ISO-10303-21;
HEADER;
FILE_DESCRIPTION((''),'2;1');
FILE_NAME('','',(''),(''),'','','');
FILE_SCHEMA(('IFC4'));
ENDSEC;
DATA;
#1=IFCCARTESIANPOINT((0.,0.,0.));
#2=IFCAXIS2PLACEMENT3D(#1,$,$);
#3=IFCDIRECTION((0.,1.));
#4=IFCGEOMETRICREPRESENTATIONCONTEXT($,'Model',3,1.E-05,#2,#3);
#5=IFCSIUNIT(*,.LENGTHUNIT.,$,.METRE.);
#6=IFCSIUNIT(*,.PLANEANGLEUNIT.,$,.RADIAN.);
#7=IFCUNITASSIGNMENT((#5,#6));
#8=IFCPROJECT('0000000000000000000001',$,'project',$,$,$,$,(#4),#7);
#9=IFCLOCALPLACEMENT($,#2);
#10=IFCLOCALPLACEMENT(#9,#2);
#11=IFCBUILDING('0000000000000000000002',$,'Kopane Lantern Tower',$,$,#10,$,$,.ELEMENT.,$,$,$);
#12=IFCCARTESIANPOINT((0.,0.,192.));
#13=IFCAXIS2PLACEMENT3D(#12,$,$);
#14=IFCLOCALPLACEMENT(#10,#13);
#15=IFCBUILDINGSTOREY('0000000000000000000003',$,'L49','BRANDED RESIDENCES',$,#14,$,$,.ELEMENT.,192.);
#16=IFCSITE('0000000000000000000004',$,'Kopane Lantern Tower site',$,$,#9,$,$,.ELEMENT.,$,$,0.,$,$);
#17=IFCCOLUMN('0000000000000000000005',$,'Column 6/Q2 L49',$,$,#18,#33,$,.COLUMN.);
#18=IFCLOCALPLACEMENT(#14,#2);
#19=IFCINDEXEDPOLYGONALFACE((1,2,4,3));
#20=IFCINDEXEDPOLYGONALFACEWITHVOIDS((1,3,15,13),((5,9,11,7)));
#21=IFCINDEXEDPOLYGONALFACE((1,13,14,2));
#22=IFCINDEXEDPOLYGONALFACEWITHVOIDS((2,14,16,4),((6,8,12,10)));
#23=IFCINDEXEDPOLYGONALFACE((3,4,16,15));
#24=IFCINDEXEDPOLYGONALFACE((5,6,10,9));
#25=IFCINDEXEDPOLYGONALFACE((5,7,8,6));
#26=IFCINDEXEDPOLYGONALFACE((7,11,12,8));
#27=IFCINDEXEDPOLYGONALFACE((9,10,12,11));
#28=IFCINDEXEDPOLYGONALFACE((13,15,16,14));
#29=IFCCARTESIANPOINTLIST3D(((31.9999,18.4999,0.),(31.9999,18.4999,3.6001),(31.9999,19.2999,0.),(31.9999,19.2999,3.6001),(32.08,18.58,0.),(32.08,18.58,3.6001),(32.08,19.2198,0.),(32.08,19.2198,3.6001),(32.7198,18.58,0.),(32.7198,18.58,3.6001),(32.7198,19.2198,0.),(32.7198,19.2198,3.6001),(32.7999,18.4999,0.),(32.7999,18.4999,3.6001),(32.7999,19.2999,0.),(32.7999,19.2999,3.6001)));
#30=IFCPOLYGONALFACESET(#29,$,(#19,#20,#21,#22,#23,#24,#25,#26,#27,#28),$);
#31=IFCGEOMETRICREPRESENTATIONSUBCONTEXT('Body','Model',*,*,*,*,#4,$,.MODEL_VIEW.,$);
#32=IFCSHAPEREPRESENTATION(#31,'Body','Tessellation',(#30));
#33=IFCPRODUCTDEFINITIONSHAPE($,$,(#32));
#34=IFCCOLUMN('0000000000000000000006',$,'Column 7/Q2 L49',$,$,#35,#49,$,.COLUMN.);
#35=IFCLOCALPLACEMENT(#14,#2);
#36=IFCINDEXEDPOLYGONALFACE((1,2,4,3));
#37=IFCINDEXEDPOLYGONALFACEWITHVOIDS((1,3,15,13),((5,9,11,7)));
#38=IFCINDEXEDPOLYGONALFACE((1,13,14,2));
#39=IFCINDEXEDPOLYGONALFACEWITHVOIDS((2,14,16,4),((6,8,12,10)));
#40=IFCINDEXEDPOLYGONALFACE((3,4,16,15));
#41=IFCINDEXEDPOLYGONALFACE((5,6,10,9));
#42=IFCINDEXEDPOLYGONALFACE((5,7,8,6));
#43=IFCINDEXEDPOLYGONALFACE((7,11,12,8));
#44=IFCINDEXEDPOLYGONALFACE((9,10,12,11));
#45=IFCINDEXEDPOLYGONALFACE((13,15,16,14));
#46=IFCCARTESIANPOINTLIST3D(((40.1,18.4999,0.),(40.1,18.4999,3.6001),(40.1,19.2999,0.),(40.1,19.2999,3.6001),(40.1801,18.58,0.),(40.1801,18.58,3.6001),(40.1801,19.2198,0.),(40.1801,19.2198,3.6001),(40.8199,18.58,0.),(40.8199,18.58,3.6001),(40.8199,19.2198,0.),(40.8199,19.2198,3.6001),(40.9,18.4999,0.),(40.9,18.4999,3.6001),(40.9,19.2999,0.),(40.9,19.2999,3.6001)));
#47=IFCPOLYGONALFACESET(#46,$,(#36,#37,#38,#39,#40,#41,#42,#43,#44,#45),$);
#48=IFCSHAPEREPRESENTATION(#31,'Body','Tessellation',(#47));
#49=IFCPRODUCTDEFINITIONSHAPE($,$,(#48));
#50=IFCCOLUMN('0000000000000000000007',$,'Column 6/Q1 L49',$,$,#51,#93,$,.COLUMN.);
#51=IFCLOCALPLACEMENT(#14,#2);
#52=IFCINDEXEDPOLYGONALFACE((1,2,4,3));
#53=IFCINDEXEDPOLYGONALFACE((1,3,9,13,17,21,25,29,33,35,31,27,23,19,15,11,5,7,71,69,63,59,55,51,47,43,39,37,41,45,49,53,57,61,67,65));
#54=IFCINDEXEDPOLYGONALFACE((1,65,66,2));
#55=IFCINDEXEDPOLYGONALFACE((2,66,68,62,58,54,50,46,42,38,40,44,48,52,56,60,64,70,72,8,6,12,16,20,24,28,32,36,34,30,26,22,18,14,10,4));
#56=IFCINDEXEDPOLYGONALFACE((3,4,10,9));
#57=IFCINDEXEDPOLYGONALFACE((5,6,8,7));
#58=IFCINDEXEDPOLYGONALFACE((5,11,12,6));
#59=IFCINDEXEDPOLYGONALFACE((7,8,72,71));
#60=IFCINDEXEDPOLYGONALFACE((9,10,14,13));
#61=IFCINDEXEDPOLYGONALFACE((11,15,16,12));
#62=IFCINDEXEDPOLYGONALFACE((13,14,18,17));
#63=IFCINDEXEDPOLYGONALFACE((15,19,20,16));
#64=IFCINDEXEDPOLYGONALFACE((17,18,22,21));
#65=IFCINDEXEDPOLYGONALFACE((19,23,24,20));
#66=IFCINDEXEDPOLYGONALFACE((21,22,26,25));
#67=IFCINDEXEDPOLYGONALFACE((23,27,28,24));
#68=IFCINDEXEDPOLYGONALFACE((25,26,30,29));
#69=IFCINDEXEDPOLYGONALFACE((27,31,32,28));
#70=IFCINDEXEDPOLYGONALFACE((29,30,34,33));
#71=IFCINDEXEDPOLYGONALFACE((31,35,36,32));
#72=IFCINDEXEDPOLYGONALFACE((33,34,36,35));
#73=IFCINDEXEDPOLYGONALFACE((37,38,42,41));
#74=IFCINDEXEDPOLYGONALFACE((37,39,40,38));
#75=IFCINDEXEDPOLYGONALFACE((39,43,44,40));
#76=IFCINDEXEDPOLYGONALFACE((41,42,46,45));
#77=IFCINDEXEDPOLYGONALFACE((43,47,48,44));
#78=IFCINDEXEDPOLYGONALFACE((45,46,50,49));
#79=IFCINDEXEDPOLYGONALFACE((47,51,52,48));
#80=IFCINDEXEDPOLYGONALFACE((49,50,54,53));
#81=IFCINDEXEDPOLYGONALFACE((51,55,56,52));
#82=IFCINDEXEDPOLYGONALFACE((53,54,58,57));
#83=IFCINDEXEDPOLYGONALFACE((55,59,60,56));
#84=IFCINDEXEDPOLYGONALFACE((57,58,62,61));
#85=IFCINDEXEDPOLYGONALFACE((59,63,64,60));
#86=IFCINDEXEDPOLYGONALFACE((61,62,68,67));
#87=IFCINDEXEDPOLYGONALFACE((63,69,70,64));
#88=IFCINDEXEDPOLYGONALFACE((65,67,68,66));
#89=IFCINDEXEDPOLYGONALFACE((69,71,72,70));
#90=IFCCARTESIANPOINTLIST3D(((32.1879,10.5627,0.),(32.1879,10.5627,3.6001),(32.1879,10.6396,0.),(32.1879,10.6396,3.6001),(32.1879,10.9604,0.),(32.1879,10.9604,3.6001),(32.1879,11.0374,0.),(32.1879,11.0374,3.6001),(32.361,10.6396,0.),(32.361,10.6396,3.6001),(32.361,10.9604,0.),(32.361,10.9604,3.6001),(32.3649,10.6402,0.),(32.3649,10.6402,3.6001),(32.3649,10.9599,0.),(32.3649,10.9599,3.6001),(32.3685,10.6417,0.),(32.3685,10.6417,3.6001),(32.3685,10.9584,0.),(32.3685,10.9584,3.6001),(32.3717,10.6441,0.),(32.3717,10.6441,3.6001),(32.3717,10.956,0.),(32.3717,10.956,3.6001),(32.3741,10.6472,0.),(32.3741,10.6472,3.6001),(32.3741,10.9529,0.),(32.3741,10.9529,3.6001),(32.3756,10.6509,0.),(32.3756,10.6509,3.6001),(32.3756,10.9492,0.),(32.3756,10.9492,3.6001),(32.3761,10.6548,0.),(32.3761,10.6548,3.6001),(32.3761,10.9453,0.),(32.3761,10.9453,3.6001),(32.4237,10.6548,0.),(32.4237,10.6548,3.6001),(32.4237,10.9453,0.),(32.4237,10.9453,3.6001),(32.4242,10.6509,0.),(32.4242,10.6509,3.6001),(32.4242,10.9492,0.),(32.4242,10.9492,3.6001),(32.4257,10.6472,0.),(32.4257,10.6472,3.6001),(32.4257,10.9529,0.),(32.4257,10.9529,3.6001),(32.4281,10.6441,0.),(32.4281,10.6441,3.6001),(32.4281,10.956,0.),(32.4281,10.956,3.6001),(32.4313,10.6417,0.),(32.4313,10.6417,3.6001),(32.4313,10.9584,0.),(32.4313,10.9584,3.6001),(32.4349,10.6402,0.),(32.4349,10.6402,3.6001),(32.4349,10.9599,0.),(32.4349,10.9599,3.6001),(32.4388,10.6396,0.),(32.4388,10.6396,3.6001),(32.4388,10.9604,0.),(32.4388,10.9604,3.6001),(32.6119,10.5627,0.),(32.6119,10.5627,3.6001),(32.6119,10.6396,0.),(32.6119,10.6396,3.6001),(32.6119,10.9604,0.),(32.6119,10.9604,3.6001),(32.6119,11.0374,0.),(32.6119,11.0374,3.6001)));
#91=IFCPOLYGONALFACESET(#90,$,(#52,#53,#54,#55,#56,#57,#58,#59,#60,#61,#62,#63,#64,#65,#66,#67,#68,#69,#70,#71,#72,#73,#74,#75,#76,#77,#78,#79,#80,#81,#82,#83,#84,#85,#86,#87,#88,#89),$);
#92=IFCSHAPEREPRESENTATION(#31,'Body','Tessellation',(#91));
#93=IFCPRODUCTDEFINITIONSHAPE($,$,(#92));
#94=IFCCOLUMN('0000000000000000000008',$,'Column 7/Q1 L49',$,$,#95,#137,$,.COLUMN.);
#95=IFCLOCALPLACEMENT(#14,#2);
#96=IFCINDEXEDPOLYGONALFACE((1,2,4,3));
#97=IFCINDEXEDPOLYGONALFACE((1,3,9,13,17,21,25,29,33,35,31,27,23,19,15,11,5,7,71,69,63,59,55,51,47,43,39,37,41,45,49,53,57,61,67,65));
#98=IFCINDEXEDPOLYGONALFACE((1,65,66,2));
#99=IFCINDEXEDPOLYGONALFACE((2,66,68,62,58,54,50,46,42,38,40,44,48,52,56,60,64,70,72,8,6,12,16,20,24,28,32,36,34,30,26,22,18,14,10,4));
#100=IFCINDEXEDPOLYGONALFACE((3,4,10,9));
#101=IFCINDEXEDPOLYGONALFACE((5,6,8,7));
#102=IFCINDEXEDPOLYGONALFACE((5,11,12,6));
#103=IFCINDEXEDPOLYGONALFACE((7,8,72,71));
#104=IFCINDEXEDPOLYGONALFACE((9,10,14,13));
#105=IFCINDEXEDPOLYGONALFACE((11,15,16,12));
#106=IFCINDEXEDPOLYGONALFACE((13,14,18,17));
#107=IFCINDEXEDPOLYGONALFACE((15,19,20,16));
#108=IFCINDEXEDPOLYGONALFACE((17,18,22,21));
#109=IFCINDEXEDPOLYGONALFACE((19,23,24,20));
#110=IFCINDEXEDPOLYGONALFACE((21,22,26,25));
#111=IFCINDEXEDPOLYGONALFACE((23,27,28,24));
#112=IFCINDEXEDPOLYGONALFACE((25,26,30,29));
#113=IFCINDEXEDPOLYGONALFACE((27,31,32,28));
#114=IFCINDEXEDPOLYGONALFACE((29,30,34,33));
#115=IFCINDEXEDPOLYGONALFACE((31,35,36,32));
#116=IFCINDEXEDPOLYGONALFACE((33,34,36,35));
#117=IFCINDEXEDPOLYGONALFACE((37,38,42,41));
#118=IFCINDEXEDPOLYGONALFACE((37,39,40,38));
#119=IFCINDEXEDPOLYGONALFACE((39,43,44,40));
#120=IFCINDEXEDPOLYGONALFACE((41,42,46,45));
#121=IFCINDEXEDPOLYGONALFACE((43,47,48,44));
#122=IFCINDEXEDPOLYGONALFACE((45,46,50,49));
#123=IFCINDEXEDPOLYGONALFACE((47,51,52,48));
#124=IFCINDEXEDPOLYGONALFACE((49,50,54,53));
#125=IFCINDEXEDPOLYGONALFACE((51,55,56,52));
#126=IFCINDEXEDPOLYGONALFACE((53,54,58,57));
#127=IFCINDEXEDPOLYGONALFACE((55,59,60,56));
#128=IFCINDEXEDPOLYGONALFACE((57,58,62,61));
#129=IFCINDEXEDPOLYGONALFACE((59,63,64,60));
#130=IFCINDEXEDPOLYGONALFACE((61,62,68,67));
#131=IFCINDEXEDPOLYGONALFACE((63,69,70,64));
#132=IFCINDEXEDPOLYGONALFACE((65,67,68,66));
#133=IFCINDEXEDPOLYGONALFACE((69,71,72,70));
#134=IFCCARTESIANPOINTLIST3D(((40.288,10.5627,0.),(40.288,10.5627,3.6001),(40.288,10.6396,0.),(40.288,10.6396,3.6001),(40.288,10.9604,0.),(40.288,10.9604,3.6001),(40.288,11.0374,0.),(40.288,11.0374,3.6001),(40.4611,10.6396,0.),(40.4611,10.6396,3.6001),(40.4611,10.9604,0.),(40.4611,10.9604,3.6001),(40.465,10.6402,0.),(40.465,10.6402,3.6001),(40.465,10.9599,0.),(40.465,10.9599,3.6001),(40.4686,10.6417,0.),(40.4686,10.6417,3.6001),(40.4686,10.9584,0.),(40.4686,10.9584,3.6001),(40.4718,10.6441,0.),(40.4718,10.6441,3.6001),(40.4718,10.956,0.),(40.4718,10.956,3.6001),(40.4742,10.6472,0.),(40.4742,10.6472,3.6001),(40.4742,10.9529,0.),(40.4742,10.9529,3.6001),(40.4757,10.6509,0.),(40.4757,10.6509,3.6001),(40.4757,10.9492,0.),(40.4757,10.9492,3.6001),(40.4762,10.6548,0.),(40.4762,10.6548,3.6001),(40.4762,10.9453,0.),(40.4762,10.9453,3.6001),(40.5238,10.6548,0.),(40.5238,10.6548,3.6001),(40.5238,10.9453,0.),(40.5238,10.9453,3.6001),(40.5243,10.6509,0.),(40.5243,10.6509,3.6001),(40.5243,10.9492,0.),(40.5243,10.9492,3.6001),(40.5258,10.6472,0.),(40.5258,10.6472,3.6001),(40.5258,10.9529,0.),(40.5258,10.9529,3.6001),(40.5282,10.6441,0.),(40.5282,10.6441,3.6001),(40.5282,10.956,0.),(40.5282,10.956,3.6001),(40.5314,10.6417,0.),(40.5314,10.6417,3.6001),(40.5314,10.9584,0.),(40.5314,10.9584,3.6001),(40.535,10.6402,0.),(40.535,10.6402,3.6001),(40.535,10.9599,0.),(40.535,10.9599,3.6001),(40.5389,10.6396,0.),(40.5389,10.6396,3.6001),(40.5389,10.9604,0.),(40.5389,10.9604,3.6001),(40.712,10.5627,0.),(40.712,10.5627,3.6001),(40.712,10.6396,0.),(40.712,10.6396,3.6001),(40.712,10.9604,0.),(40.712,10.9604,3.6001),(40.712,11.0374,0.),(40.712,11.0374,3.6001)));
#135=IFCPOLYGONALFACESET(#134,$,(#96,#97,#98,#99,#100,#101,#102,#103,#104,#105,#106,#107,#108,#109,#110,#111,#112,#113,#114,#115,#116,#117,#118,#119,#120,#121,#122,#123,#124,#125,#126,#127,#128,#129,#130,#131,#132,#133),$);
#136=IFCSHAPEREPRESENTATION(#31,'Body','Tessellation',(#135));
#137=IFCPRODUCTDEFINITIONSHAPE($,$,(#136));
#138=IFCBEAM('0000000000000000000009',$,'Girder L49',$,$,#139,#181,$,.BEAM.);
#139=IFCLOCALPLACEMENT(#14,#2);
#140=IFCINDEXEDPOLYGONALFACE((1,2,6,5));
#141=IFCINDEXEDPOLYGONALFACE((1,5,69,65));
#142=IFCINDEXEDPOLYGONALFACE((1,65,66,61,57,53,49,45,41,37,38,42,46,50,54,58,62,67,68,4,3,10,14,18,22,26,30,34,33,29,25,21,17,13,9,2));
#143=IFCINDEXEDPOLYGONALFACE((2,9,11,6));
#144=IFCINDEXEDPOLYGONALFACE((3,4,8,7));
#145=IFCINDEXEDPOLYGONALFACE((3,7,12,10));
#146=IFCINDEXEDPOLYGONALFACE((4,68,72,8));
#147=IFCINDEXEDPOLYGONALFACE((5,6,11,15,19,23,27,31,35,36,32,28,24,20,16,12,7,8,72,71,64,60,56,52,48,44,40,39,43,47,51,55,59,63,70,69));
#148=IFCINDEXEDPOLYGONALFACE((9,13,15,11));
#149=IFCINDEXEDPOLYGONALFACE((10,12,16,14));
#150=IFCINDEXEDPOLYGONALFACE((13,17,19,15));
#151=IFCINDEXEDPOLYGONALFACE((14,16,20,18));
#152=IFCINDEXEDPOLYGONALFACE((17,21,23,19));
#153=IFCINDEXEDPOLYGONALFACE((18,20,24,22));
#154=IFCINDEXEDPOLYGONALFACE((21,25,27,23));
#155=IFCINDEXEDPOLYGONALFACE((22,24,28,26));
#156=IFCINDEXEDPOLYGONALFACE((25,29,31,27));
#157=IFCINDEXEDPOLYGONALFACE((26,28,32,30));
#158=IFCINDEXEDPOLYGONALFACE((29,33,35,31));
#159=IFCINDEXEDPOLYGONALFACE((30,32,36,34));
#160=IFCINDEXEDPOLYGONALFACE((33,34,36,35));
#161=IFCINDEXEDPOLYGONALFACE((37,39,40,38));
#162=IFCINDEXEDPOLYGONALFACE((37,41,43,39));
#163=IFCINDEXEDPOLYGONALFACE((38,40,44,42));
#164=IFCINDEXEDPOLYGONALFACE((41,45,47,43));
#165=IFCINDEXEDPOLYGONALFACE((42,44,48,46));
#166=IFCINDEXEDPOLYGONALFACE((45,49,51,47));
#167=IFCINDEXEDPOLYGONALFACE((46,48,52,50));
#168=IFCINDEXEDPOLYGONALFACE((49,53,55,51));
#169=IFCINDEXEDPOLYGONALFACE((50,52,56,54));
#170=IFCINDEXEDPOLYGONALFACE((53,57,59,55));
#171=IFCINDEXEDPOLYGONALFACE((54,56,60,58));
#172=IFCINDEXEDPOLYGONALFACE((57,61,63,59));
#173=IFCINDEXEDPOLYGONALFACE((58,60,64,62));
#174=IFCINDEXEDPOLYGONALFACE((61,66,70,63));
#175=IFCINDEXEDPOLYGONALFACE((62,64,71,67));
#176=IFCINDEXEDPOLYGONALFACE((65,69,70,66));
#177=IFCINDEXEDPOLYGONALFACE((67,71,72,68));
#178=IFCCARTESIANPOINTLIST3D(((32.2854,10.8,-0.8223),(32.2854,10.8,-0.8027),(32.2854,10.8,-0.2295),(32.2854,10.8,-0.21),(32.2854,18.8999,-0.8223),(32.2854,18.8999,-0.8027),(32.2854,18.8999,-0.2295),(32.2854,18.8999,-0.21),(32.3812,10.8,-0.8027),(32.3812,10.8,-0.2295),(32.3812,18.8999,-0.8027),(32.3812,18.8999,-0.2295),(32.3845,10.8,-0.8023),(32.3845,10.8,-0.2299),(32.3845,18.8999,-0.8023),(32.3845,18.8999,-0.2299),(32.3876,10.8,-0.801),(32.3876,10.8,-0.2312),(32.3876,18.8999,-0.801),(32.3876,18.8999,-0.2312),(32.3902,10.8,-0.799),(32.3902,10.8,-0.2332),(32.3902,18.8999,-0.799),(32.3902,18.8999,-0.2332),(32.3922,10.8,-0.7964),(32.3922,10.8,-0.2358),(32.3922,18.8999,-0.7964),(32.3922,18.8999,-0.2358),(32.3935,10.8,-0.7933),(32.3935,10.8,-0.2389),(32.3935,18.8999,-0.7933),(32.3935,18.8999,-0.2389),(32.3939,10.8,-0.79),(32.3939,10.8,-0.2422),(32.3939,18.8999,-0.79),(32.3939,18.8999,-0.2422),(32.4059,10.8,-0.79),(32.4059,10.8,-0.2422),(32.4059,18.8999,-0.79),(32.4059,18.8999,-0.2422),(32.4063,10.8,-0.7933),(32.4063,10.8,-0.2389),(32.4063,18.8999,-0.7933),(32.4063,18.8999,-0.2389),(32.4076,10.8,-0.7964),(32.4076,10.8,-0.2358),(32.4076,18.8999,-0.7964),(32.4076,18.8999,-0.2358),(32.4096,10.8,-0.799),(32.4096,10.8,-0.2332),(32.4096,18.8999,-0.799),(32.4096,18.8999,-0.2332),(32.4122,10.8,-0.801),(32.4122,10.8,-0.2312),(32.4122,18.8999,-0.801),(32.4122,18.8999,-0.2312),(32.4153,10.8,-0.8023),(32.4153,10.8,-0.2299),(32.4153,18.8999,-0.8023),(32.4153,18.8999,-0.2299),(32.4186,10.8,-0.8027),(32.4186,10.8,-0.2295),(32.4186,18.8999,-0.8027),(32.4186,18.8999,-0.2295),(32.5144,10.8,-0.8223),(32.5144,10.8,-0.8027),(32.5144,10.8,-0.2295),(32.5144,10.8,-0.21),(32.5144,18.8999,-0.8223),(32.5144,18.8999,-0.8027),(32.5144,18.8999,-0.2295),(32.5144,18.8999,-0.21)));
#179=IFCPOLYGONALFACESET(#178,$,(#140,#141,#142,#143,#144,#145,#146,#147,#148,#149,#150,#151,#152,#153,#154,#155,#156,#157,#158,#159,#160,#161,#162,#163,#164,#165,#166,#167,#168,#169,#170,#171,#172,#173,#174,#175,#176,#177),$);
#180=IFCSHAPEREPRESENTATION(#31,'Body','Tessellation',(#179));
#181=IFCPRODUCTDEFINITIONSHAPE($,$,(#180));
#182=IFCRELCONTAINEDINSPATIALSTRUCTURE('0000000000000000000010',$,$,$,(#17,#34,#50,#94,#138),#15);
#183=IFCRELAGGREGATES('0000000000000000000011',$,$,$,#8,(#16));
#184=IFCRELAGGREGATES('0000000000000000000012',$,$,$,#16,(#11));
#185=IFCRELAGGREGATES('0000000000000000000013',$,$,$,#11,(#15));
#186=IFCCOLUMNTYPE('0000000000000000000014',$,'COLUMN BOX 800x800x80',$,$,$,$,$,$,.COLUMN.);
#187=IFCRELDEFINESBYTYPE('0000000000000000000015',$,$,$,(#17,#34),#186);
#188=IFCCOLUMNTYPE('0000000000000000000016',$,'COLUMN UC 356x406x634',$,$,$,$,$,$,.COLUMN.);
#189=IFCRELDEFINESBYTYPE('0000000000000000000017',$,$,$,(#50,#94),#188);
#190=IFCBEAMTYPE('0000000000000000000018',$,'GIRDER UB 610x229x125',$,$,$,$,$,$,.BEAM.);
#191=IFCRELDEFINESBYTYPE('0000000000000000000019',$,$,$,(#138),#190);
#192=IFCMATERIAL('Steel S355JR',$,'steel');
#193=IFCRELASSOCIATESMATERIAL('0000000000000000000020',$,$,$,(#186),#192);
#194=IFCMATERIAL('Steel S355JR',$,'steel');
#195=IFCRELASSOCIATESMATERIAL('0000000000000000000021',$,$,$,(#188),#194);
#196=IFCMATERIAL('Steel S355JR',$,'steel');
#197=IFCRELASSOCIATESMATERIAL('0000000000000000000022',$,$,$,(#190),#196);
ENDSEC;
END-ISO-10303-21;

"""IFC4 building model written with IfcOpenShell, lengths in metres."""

from ifc_helpers import new_model, si_unit, direction, frame, origin, origin_2d, place, context, subcontext, project, spatial, hollow_rectangle, i_section, extrude, material, material_profile, profile_set, type_object, element, save


model = new_model("IFC4")

# Units and contexts
model_context = context("Model", 3, precision=1e-05, world=origin(), true_north=direction((0.0, 1.0)))
body_context = subcontext(model_context, "Body", "Model", "MODEL_VIEW")
ifc_project = project(units=[si_unit("LENGTHUNIT", "METRE"), si_unit("PLANEANGLEUNIT", "RADIAN")], contexts=[model_context])

# Site, building, storey
site_placement = place(None, origin())
site = spatial("IfcSite", under=ifc_project, at=site_placement, Name="Kopane Lantern Tower site", CompositionType="ELEMENT", RefElevation=0.0)
building_placement = place(site_placement, origin())
building = spatial("IfcBuilding", under=site, at=building_placement, Name="Kopane Lantern Tower", CompositionType="ELEMENT")
storey_placement = place(building_placement, frame((0.0, 0.0, 192.0)))
storey = spatial("IfcBuildingStorey", under=building, at=storey_placement, Name="L49", Description="BRANDED RESIDENCES", CompositionType="ELEMENT", Elevation=192.0)

# Columns
ifc_material_1 = material(Name="Steel S355JR", Category="steel")
ifc_material_profile_1 = material_profile(ifc_material_1, hollow_rectangle(XDim=0.8, YDim=0.8, WallThickness=0.0801, at=origin_2d()), Name="BOX 800x800x80")
ifc_profile_set_1 = profile_set([ifc_material_profile_1], Name="Steel S355JR")
column_type_1 = type_object("IfcColumnType", Name="COLUMN BOX 800x800x80", PredefinedType="COLUMN", material=ifc_profile_set_1)
for number, where, z_axis, x_axis, name in (
    (1, (32.3999, 18.8999, 0.0), (0.0, 0.0, 1.0), (1.0, 0.0, 0.0), "Column 6/Q2 L49"),
    (2, (40.5, 18.8999, 0.0), (0.0, 0.0, 1.0), (1.0, 0.0, 0.0), "Column 7/Q2 L49"),
):
    element("IfcColumn", number, at=place(storey_placement, frame(where, z_axis=z_axis, x_axis=x_axis)), inside=storey, type_object=column_type_1, Name=name, PredefinedType="COLUMN", context=body_context, shape_type="SweptSolid", body=[
        extrude(hollow_rectangle(XDim=0.8, YDim=0.8, WallThickness=0.0801, at=origin_2d()), origin(), (0.0, 0.0, 1.0), 3.6001),
    ])
ifc_material_2 = material(Name="Steel S355JR", Category="steel")
ifc_material_profile_2 = material_profile(ifc_material_2, i_section(OverallWidth=0.4241, OverallDepth=0.4746, WebThickness=0.0476, FlangeThickness=0.0769, FilletRadius=0.0151, at=origin_2d()), Name="UC 356x406x634")
ifc_profile_set_2 = profile_set([ifc_material_profile_2], Name="Steel S355JR")
column_type_2 = type_object("IfcColumnType", Name="COLUMN UC 356x406x634", PredefinedType="COLUMN", material=ifc_profile_set_2)
for number, where, z_axis, x_axis, name in (
    (3, (32.3999, 10.8, 0.0), (0.0, 0.0, 1.0), (1.0, 0.0, 0.0), "Column 6/Q1 L49"),
    (4, (40.5, 10.8, 0.0), (0.0, 0.0, 1.0), (1.0, 0.0, 0.0), "Column 7/Q1 L49"),
):
    element("IfcColumn", number, at=place(storey_placement, frame(where, z_axis=z_axis, x_axis=x_axis)), inside=storey, type_object=column_type_2, Name=name, PredefinedType="COLUMN", context=body_context, shape_type="SweptSolid", body=[
        extrude(i_section(OverallWidth=0.4241, OverallDepth=0.4746, WebThickness=0.0476, FlangeThickness=0.0769, FilletRadius=0.0151, at=origin_2d()), origin(), (0.0, 0.0, 1.0), 3.6001),
    ])

# Beam
ifc_material_3 = material(Name="Steel S355JR", Category="steel")
ifc_material_profile_3 = material_profile(ifc_material_3, i_section(OverallWidth=0.229, OverallDepth=0.6123, WebThickness=0.012, FlangeThickness=0.0195, FilletRadius=0.0127, at=origin_2d()), Name="UB 610x229x125")
ifc_profile_set_3 = profile_set([ifc_material_profile_3], Name="Steel S355JR")
beam_type = type_object("IfcBeamType", Name="GIRDER UB 610x229x125", PredefinedType="BEAM", material=ifc_profile_set_3)
beam_1_placement = place(storey_placement, frame((32.3999, 10.8, -0.5161), z_axis=(0.0, 1.0, 0.0), x_axis=(-1.0, 0.0, 0.0)))
element("IfcBeam", 5, at=beam_1_placement, inside=storey, type_object=beam_type, Name="Girder L49", PredefinedType="BEAM", context=body_context, shape_type="SweptSolid", body=[
    extrude(i_section(OverallWidth=0.229, OverallDepth=0.6123, WebThickness=0.012, FlangeThickness=0.0195, FilletRadius=0.0127, at=origin_2d()), origin(), (0.0, 0.0, 1.0), 8.0999),
])

save(model, "model.ifc")
